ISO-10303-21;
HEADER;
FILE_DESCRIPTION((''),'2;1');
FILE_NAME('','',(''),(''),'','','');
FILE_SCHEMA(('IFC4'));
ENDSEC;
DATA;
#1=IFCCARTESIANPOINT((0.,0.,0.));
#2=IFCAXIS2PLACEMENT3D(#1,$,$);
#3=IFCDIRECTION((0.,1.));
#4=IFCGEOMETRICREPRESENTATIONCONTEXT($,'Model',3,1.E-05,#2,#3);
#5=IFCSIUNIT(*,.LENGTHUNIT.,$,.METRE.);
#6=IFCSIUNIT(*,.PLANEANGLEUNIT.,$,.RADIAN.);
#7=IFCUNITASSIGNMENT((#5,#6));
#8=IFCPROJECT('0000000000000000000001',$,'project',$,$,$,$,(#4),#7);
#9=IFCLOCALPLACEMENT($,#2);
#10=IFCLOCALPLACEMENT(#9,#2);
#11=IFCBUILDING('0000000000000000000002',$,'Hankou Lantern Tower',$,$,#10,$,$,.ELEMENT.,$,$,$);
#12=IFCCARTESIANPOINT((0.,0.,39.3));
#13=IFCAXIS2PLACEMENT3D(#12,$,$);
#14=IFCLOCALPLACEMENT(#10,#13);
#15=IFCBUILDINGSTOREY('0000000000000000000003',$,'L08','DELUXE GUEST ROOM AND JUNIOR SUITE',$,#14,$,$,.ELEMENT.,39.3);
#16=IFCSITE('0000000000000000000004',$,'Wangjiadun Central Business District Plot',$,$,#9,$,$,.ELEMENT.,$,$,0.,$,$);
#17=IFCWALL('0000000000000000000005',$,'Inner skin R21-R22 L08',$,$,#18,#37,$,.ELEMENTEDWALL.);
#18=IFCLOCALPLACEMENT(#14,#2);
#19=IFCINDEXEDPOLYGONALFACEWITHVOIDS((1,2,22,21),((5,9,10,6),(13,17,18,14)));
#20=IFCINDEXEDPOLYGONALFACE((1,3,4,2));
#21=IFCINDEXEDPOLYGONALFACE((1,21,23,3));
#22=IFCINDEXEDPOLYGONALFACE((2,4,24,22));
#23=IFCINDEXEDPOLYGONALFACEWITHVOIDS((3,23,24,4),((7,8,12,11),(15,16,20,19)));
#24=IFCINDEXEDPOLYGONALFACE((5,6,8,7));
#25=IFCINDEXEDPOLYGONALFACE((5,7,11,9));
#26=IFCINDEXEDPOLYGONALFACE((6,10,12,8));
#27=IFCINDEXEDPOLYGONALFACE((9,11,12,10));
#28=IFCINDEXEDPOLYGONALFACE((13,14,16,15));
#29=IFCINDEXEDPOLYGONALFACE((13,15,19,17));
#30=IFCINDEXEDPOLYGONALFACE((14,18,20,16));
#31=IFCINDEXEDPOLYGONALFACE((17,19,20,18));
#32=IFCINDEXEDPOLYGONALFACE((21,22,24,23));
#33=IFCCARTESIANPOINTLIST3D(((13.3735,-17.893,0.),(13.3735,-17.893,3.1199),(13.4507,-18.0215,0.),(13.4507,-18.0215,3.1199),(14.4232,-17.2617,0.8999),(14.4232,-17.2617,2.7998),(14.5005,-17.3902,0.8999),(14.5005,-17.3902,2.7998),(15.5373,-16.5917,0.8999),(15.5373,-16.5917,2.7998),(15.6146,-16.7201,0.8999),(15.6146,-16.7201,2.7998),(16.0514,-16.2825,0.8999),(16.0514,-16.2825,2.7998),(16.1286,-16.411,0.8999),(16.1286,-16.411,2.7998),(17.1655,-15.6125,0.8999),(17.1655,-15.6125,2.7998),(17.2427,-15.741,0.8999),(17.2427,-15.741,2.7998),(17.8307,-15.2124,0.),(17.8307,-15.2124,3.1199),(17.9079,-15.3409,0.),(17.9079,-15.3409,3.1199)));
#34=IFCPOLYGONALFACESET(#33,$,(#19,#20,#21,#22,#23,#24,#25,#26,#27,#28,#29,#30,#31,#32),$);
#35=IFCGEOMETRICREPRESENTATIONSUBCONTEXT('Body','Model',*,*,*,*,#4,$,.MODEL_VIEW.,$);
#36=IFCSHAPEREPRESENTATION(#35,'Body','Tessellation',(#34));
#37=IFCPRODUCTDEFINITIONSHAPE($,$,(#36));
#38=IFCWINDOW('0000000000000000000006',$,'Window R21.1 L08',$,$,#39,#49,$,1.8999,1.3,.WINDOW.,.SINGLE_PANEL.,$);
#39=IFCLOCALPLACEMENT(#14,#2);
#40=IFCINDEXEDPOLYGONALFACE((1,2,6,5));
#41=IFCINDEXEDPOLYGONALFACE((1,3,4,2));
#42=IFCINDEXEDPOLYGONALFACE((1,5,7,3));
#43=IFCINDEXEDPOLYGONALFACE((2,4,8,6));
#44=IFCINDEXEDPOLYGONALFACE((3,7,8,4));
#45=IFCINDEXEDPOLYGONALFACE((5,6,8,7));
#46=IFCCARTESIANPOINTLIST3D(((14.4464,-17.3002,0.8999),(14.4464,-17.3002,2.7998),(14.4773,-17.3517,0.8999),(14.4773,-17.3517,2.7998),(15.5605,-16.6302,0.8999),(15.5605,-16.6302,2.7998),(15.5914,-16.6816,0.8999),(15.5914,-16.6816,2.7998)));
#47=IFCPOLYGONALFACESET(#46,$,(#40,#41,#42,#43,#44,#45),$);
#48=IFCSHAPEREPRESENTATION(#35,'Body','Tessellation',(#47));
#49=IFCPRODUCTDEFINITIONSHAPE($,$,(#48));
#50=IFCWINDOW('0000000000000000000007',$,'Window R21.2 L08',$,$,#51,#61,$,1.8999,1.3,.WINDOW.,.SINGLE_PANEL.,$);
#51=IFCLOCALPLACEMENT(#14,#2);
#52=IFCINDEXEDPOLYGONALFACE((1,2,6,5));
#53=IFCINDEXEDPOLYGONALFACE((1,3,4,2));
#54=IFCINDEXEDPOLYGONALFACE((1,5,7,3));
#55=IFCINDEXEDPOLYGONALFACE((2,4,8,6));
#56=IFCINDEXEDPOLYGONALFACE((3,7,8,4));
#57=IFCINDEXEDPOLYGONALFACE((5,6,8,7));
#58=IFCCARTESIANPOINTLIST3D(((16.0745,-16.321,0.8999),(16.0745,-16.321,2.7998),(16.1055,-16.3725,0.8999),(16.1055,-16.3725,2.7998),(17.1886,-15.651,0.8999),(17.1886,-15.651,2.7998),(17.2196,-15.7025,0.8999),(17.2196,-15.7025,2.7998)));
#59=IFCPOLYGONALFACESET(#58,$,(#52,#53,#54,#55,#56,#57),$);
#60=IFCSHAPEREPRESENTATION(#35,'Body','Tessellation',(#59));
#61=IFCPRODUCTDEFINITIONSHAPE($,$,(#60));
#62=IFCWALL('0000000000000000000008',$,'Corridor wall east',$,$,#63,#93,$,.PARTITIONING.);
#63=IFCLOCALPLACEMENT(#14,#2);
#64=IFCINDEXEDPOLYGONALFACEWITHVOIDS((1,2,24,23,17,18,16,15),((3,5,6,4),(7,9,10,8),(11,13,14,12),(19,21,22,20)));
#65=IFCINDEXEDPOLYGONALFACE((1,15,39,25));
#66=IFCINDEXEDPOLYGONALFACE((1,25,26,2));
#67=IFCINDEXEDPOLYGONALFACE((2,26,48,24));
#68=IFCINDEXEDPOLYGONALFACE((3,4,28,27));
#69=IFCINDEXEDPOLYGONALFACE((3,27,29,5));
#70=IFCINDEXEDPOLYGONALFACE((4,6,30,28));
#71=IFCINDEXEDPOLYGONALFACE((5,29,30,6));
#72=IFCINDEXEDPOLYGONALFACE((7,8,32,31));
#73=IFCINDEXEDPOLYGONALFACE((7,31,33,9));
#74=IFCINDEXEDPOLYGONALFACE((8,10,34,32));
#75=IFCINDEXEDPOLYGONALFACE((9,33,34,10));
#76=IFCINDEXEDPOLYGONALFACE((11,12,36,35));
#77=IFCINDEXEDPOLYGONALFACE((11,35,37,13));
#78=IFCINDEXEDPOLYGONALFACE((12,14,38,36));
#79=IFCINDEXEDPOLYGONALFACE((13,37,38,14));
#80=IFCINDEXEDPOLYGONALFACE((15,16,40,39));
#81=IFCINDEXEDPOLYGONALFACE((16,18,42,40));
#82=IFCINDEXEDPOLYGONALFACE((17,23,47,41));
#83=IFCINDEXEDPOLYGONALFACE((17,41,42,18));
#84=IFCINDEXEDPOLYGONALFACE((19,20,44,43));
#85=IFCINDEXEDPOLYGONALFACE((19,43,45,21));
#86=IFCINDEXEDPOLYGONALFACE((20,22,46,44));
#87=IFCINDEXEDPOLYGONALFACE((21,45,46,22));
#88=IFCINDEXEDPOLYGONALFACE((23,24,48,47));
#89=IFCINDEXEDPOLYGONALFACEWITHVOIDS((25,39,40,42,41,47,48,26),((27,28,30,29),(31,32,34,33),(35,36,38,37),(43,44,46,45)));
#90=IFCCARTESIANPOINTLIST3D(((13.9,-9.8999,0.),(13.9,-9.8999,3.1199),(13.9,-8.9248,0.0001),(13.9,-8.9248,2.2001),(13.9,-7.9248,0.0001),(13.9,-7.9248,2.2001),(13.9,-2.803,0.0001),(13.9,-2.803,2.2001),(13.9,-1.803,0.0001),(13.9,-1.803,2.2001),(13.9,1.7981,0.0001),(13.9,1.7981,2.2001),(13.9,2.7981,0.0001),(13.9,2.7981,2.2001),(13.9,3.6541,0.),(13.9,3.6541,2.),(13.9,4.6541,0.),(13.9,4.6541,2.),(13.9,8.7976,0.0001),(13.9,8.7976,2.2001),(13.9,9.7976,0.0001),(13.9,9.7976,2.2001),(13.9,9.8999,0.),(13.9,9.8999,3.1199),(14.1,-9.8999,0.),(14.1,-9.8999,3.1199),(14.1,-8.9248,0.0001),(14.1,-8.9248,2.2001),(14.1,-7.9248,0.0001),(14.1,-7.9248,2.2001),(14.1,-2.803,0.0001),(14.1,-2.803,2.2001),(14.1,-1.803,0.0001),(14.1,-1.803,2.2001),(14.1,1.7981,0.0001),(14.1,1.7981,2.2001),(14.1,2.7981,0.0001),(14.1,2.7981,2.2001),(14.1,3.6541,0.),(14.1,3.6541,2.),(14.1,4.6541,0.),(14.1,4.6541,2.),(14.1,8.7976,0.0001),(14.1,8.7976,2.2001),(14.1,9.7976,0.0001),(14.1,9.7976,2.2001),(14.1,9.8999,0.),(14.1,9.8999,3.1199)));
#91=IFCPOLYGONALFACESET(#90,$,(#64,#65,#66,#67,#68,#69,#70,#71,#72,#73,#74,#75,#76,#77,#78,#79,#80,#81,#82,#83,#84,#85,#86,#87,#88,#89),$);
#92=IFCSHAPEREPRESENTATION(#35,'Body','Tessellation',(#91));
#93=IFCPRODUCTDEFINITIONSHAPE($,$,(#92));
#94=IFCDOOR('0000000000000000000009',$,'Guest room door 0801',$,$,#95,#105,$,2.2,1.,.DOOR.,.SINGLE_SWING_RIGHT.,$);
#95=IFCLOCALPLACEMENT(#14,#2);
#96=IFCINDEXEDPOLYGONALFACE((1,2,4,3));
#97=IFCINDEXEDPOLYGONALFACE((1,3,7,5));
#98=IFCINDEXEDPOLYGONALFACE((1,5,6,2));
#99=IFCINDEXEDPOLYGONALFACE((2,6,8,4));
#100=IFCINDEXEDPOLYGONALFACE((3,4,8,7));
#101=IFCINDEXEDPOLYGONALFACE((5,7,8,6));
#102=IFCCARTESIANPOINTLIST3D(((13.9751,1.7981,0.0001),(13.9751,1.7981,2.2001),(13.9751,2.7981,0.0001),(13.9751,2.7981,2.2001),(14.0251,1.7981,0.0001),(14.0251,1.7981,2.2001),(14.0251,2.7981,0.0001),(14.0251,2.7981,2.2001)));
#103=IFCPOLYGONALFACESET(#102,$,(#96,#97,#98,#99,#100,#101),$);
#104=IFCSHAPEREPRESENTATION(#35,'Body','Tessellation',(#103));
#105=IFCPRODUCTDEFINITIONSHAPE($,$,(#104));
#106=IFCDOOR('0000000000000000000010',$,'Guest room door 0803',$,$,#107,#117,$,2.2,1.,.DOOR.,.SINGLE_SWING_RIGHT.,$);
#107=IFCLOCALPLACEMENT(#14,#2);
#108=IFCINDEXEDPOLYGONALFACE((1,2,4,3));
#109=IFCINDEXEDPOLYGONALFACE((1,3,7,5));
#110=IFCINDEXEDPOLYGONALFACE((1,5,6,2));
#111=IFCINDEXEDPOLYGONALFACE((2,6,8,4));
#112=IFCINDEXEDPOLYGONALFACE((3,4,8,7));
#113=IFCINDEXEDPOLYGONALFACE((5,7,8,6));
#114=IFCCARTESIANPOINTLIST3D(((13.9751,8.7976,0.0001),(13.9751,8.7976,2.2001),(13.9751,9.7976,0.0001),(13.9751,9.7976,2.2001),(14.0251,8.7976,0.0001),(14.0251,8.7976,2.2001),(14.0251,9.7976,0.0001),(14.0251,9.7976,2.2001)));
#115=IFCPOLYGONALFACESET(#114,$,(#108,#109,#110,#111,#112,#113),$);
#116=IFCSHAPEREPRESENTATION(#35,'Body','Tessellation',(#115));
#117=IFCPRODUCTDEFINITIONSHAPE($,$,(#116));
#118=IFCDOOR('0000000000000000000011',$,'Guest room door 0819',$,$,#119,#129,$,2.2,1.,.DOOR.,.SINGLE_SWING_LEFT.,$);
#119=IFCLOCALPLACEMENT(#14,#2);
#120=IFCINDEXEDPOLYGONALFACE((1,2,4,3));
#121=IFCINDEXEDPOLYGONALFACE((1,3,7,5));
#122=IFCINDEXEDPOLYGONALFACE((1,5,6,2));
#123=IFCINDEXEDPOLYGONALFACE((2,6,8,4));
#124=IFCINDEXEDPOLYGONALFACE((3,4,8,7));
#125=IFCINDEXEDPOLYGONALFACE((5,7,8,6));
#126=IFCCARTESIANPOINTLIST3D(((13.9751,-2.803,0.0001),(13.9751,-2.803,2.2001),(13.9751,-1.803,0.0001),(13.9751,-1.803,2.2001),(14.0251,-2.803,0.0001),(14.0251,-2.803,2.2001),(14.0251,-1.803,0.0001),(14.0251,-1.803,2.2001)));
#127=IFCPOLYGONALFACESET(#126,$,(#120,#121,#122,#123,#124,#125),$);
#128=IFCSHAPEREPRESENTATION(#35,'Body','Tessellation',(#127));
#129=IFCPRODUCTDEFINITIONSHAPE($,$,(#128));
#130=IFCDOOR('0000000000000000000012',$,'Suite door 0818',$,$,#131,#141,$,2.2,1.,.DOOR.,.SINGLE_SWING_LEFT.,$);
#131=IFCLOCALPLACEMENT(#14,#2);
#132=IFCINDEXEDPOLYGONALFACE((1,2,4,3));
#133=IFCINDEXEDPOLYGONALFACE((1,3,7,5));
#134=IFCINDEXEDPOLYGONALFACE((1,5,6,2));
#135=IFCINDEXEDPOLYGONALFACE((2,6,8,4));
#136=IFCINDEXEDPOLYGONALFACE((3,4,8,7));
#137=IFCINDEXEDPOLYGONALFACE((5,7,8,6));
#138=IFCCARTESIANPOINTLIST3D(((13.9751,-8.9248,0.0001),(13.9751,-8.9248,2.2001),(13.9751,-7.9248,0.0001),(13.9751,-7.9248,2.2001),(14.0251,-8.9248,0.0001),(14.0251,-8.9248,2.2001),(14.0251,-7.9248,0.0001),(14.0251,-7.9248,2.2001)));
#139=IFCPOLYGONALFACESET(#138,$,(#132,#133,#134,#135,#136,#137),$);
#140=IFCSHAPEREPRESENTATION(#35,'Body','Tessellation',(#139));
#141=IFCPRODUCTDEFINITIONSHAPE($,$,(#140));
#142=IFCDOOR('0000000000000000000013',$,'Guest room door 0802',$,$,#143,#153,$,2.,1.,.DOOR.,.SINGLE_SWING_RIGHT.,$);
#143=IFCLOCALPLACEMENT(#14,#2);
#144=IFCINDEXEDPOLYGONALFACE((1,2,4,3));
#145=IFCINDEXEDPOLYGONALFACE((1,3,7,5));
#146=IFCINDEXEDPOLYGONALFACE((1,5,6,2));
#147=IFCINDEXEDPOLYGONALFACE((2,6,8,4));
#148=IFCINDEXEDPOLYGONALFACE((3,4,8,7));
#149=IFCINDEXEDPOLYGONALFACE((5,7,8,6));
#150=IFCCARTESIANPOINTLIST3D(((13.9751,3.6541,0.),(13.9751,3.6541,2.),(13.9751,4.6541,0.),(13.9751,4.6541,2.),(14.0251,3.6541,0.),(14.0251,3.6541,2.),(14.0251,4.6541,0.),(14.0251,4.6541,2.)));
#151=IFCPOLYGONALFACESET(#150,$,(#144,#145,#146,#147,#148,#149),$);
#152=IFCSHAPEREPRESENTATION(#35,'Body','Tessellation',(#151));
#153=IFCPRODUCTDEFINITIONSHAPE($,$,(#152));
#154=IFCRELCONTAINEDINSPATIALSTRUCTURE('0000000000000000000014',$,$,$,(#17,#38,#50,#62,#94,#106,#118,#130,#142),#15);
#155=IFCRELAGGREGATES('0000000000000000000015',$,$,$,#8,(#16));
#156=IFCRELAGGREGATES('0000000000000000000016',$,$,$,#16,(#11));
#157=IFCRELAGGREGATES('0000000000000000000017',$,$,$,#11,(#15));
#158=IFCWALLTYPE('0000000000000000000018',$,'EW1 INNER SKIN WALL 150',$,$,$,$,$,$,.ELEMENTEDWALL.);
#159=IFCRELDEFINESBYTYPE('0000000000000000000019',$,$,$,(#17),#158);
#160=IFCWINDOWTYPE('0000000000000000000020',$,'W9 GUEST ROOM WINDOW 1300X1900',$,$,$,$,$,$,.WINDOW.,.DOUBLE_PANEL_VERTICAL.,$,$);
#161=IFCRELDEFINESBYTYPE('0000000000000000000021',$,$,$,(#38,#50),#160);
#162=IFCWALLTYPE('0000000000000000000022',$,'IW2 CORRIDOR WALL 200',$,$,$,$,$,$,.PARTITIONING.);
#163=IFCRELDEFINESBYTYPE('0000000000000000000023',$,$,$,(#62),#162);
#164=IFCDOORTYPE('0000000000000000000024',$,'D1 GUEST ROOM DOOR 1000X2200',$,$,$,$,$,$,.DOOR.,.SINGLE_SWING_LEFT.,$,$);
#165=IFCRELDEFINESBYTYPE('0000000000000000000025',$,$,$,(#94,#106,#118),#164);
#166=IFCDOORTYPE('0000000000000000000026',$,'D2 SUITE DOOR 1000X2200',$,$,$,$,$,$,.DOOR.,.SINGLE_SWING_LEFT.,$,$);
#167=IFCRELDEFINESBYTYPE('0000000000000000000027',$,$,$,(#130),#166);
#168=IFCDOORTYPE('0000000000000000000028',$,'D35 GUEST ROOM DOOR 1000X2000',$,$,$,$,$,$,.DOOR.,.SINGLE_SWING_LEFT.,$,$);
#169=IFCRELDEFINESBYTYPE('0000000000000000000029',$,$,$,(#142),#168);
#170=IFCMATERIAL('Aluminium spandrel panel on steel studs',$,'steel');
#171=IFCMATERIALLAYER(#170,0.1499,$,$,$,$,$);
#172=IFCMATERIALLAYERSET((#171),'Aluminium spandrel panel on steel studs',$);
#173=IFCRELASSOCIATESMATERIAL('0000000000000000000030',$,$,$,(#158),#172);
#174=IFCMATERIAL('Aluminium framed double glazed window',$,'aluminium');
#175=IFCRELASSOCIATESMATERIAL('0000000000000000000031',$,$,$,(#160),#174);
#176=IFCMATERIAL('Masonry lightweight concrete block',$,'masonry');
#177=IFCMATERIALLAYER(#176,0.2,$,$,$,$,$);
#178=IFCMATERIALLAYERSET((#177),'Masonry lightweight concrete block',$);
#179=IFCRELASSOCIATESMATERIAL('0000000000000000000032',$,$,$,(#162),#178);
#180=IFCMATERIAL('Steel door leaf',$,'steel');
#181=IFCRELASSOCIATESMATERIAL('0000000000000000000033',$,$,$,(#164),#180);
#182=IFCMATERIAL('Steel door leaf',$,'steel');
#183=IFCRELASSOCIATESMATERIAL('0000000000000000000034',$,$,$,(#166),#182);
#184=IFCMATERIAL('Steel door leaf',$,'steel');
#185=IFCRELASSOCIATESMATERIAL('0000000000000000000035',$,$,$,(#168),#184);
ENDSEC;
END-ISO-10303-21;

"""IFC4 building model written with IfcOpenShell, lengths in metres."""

from ifc_helpers import new_model, si_unit, direction, frame, frame_2d, origin, place, context, subcontext, project, spatial, rectangle, extrude, material, layer, layer_set, type_object, element, fill, save


model = new_model("IFC4")

# Units and contexts
model_context = context("Model", 3, precision=1e-05, world=origin(), true_north=direction((0.0, 1.0)))
body_context = subcontext(model_context, "Body", "Model", "MODEL_VIEW")
ifc_project = project(units=[si_unit("LENGTHUNIT", "METRE"), si_unit("PLANEANGLEUNIT", "RADIAN")], contexts=[model_context])

# Site, building, storey
site_placement = place(None, origin())
site = spatial("IfcSite", under=ifc_project, at=site_placement, Name="Wangjiadun Central Business District Plot", CompositionType="ELEMENT", RefElevation=0.0)
building_placement = place(site_placement, origin())
building = spatial("IfcBuilding", under=site, at=building_placement, Name="Hankou Lantern Tower", CompositionType="ELEMENT")
storey_placement = place(building_placement, frame((0.0, 0.0, 39.3)))
storey = spatial("IfcBuildingStorey", under=building, at=storey_placement, Name="L08", Description="DELUXE GUEST ROOM AND JUNIOR SUITE", CompositionType="ELEMENT", Elevation=39.3)

# Wall, openings, windows
ifc_material_1 = material(Name="Aluminium spandrel panel on steel studs", Category="steel")
ifc_layer_1 = layer(ifc_material_1, 0.1499)
ifc_layer_set_1 = layer_set([ifc_layer_1], Name="Aluminium spandrel panel on steel studs")
wall_type_1 = type_object("IfcWallType", Name="EW1 INNER SKIN WALL 150", PredefinedType="ELEMENTEDWALL", material=ifc_layer_set_1)
wall_1_placement = place(storey_placement, frame((13.4121, -17.9573, 0.0), z_axis=(0.0, 0.0, 1.0), x_axis=(0.856958, 0.515386, 0.0)))
wall_1 = element("IfcWall", 1, at=wall_1_placement, inside=storey, type_object=wall_type_1, Name="Inner skin R21-R22 L08", PredefinedType="ELEMENTEDWALL", context=body_context, shape_type="SweptSolid", body=[
    extrude(rectangle(XDim=5.2012, YDim=0.1499, at=frame_2d((2.6006, 0.0))), origin(), (0.0, 0.0, 1.0), 3.1199),
])
opening_1_placement = place(wall_1_placement, frame((1.2251, 0.0, 0.8999)))
opening_1 = element("IfcOpeningElement", 2, at=opening_1_placement, cuts=wall_1, PredefinedType="OPENING", context=body_context, shape_type="SweptSolid", body=[
    extrude(rectangle(XDim=1.3, YDim=1.8999, at=frame_2d((0.6499, 0.95))), frame((0.0, 0.085, 0.0), z_axis=(0.0, -1.0, 0.0), x_axis=(1.0, 0.0, 0.0)), (0.0, 0.0, 1.0), 0.1699),
])
opening_2_placement = place(wall_1_placement, frame((3.125, 0.0, 0.8999)))
opening_2 = element("IfcOpeningElement", 3, at=opening_2_placement, cuts=wall_1, PredefinedType="OPENING", context=body_context, shape_type="SweptSolid", body=[
    extrude(rectangle(XDim=1.3, YDim=1.8999, at=frame_2d((0.6499, 0.95))), frame((0.0, 0.085, 0.0), z_axis=(0.0, -1.0, 0.0), x_axis=(1.0, 0.0, 0.0)), (0.0, 0.0, 1.0), 0.1699),
])
ifc_material_2 = material(Name="Aluminium framed double glazed window", Category="aluminium")
window_type = type_object("IfcWindowType", Name="W9 GUEST ROOM WINDOW 1300X1900", PartitioningType="DOUBLE_PANEL_VERTICAL", PredefinedType="WINDOW", material=ifc_material_2)
window_1_placement = place(opening_1_placement, origin())
window_1 = element("IfcWindow", 4, at=window_1_placement, inside=storey, type_object=window_type, Name="Window R21.1 L08", OverallHeight=1.8999, OverallWidth=1.3, PartitioningType="SINGLE_PANEL", PredefinedType="WINDOW", context=body_context, shape_type="SweptSolid", body=[
    extrude(rectangle(XDim=1.3, YDim=1.8999, at=frame_2d((0.6499, 0.95))), frame((0.0, 0.03, 0.0), z_axis=(0.0, -1.0, 0.0), x_axis=(1.0, 0.0, 0.0)), (0.0, 0.0, 1.0), 0.0601),
])
fill(opening_1, window_1)
window_2_placement = place(opening_2_placement, origin())
window_2 = element("IfcWindow", 5, at=window_2_placement, inside=storey, type_object=window_type, Name="Window R21.2 L08", OverallHeight=1.8999, OverallWidth=1.3, PartitioningType="SINGLE_PANEL", PredefinedType="WINDOW", context=body_context, shape_type="SweptSolid", body=[
    extrude(rectangle(XDim=1.3, YDim=1.8999, at=frame_2d((0.6499, 0.95))), frame((0.0, 0.03, 0.0), z_axis=(0.0, -1.0, 0.0), x_axis=(1.0, 0.0, 0.0)), (0.0, 0.0, 1.0), 0.0601),
])
fill(opening_2, window_2)

# Wall, openings, doors
ifc_material_3 = material(Name="Masonry lightweight concrete block", Category="masonry")
ifc_layer_2 = layer(ifc_material_3, 0.2)
ifc_layer_set_2 = layer_set([ifc_layer_2], Name="Masonry lightweight concrete block")
wall_type_2 = type_object("IfcWallType", Name="IW2 CORRIDOR WALL 200", PredefinedType="PARTITIONING", material=ifc_layer_set_2)
wall_2_placement = place(storey_placement, frame((14.0, -9.8999, 0.0), z_axis=(0.0, 0.0, 1.0), x_axis=(0.0, 1.0, 0.0)))
wall_2 = element("IfcWall", 6, at=wall_2_placement, inside=storey, type_object=wall_type_2, Name="Corridor wall east", PredefinedType="PARTITIONING", context=body_context, shape_type="SweptSolid", body=[
    extrude(rectangle(XDim=19.7998, YDim=0.2, at=frame_2d((9.8999, 0.0))), origin(), (0.0, 0.0, 1.0), 3.1199),
])
opening_3_placement = place(wall_2_placement, frame((11.698, 0.0, 0.0)))
opening_3 = element("IfcOpeningElement", 7, at=opening_3_placement, cuts=wall_2, PredefinedType="OPENING", context=body_context, shape_type="SweptSolid", body=[
    extrude(rectangle(XDim=1.0, YDim=2.2, at=frame_2d((0.5, 1.1001))), frame((0.0, 0.1099, 0.0), z_axis=(0.0, -1.0, 0.0), x_axis=(1.0, 0.0, 0.0)), (0.0, 0.0, 1.0), 0.22),
])
opening_4_placement = place(wall_2_placement, frame((13.554, 0.0, 0.0)))
opening_4 = element("IfcOpeningElement", 8, at=opening_4_placement, cuts=wall_2, PredefinedType="OPENING", context=body_context, shape_type="SweptSolid", body=[
    extrude(rectangle(XDim=1.0, YDim=2.0, at=frame_2d((0.5, 1.0))), frame((0.0, 0.1099, 0.0), z_axis=(0.0, -1.0, 0.0), x_axis=(1.0, 0.0, 0.0)), (0.0, 0.0, 1.0), 0.22),
])
opening_5_placement = place(wall_2_placement, frame((18.6975, 0.0, 0.0)))
opening_5 = element("IfcOpeningElement", 9, at=opening_5_placement, cuts=wall_2, PredefinedType="OPENING", context=body_context, shape_type="SweptSolid", body=[
    extrude(rectangle(XDim=1.0, YDim=2.2, at=frame_2d((0.5, 1.1001))), frame((0.0, 0.1099, 0.0), z_axis=(0.0, -1.0, 0.0), x_axis=(1.0, 0.0, 0.0)), (0.0, 0.0, 1.0), 0.22),
])
opening_6_placement = place(wall_2_placement, frame((0.9751, 0.0, 0.0)))
opening_6 = element("IfcOpeningElement", 10, at=opening_6_placement, cuts=wall_2, PredefinedType="OPENING", context=body_context, shape_type="SweptSolid", body=[
    extrude(rectangle(XDim=1.0, YDim=2.2, at=frame_2d((0.5, 1.1001))), frame((0.0, 0.1099, 0.0), z_axis=(0.0, -1.0, 0.0), x_axis=(1.0, 0.0, 0.0)), (0.0, 0.0, 1.0), 0.22),
])
opening_7_placement = place(wall_2_placement, frame((7.0969, 0.0, 0.0)))
opening_7 = element("IfcOpeningElement", 11, at=opening_7_placement, cuts=wall_2, PredefinedType="OPENING", context=body_context, shape_type="SweptSolid", body=[
    extrude(rectangle(XDim=1.0, YDim=2.2, at=frame_2d((0.5, 1.1001))), frame((0.0, 0.1099, 0.0), z_axis=(0.0, -1.0, 0.0), x_axis=(1.0, 0.0, 0.0)), (0.0, 0.0, 1.0), 0.22),
])
ifc_material_4 = material(Name="Steel door leaf", Category="steel")
door_type_1 = type_object("IfcDoorType", Name="D1 GUEST ROOM DOOR 1000X2200", OperationType="SINGLE_SWING_LEFT", PredefinedType="DOOR", material=ifc_material_4)
door_1_placement = place(opening_3_placement, origin())
door_1 = element("IfcDoor", 12, at=door_1_placement, inside=storey, type_object=door_type_1, Name="Guest room door 0801", OperationType="SINGLE_SWING_RIGHT", OverallHeight=2.2, OverallWidth=1.0, PredefinedType="DOOR", context=body_context, shape_type="SweptSolid", body=[
    extrude(rectangle(XDim=1.0, YDim=2.2, at=frame_2d((0.5, 1.1001))), frame((0.0, 0.0249, 0.0), z_axis=(0.0, -1.0, 0.0), x_axis=(1.0, 0.0, 0.0)), (0.0, 0.0, 1.0), 0.05),
])
fill(opening_3, door_1)
door_2_placement = place(opening_5_placement, origin())
door_2 = element("IfcDoor", 13, at=door_2_placement, inside=storey, type_object=door_type_1, Name="Guest room door 0803", OperationType="SINGLE_SWING_RIGHT", OverallHeight=2.2, OverallWidth=1.0, PredefinedType="DOOR", context=body_context, shape_type="SweptSolid", body=[
    extrude(rectangle(XDim=1.0, YDim=2.2, at=frame_2d((0.5, 1.1001))), frame((0.0, 0.0249, 0.0), z_axis=(0.0, -1.0, 0.0), x_axis=(1.0, 0.0, 0.0)), (0.0, 0.0, 1.0), 0.05),
])
fill(opening_5, door_2)
door_3_placement = place(opening_7_placement, origin())
door_3 = element("IfcDoor", 14, at=door_3_placement, inside=storey, type_object=door_type_1, Name="Guest room door 0819", OperationType="SINGLE_SWING_LEFT", OverallHeight=2.2, OverallWidth=1.0, PredefinedType="DOOR", context=body_context, shape_type="SweptSolid", body=[
    extrude(rectangle(XDim=1.0, YDim=2.2, at=frame_2d((0.5, 1.1001))), frame((0.0, 0.0249, 0.0), z_axis=(0.0, -1.0, 0.0), x_axis=(1.0, 0.0, 0.0)), (0.0, 0.0, 1.0), 0.05),
])
fill(opening_7, door_3)
ifc_material_5 = material(Name="Steel door leaf", Category="steel")
door_type_2 = type_object("IfcDoorType", Name="D2 SUITE DOOR 1000X2200", OperationType="SINGLE_SWING_LEFT", PredefinedType="DOOR", material=ifc_material_5)
door_4_placement = place(opening_6_placement, origin())
door_4 = element("IfcDoor", 15, at=door_4_placement, inside=storey, type_object=door_type_2, Name="Suite door 0818", OperationType="SINGLE_SWING_LEFT", OverallHeight=2.2, OverallWidth=1.0, PredefinedType="DOOR", context=body_context, shape_type="SweptSolid", body=[
    extrude(rectangle(XDim=1.0, YDim=2.2, at=frame_2d((0.5, 1.1001))), frame((0.0, 0.0249, 0.0), z_axis=(0.0, -1.0, 0.0), x_axis=(1.0, 0.0, 0.0)), (0.0, 0.0, 1.0), 0.05),
])
fill(opening_6, door_4)
ifc_material_6 = material(Name="Steel door leaf", Category="steel")
door_type_3 = type_object("IfcDoorType", Name="D35 GUEST ROOM DOOR 1000X2000", OperationType="SINGLE_SWING_LEFT", PredefinedType="DOOR", material=ifc_material_6)
door_5_placement = place(opening_4_placement, origin())
door_5 = element("IfcDoor", 16, at=door_5_placement, inside=storey, type_object=door_type_3, Name="Guest room door 0802", OperationType="SINGLE_SWING_RIGHT", OverallHeight=2.0, OverallWidth=1.0, PredefinedType="DOOR", context=body_context, shape_type="SweptSolid", body=[
    extrude(rectangle(XDim=1.0, YDim=2.0, at=frame_2d((0.5, 1.0))), frame((0.0, 0.0249, 0.0), z_axis=(0.0, -1.0, 0.0), x_axis=(1.0, 0.0, 0.0)), (0.0, 0.0, 1.0), 0.05),
])
fill(opening_4, door_5)

save(model, "model.ifc")
